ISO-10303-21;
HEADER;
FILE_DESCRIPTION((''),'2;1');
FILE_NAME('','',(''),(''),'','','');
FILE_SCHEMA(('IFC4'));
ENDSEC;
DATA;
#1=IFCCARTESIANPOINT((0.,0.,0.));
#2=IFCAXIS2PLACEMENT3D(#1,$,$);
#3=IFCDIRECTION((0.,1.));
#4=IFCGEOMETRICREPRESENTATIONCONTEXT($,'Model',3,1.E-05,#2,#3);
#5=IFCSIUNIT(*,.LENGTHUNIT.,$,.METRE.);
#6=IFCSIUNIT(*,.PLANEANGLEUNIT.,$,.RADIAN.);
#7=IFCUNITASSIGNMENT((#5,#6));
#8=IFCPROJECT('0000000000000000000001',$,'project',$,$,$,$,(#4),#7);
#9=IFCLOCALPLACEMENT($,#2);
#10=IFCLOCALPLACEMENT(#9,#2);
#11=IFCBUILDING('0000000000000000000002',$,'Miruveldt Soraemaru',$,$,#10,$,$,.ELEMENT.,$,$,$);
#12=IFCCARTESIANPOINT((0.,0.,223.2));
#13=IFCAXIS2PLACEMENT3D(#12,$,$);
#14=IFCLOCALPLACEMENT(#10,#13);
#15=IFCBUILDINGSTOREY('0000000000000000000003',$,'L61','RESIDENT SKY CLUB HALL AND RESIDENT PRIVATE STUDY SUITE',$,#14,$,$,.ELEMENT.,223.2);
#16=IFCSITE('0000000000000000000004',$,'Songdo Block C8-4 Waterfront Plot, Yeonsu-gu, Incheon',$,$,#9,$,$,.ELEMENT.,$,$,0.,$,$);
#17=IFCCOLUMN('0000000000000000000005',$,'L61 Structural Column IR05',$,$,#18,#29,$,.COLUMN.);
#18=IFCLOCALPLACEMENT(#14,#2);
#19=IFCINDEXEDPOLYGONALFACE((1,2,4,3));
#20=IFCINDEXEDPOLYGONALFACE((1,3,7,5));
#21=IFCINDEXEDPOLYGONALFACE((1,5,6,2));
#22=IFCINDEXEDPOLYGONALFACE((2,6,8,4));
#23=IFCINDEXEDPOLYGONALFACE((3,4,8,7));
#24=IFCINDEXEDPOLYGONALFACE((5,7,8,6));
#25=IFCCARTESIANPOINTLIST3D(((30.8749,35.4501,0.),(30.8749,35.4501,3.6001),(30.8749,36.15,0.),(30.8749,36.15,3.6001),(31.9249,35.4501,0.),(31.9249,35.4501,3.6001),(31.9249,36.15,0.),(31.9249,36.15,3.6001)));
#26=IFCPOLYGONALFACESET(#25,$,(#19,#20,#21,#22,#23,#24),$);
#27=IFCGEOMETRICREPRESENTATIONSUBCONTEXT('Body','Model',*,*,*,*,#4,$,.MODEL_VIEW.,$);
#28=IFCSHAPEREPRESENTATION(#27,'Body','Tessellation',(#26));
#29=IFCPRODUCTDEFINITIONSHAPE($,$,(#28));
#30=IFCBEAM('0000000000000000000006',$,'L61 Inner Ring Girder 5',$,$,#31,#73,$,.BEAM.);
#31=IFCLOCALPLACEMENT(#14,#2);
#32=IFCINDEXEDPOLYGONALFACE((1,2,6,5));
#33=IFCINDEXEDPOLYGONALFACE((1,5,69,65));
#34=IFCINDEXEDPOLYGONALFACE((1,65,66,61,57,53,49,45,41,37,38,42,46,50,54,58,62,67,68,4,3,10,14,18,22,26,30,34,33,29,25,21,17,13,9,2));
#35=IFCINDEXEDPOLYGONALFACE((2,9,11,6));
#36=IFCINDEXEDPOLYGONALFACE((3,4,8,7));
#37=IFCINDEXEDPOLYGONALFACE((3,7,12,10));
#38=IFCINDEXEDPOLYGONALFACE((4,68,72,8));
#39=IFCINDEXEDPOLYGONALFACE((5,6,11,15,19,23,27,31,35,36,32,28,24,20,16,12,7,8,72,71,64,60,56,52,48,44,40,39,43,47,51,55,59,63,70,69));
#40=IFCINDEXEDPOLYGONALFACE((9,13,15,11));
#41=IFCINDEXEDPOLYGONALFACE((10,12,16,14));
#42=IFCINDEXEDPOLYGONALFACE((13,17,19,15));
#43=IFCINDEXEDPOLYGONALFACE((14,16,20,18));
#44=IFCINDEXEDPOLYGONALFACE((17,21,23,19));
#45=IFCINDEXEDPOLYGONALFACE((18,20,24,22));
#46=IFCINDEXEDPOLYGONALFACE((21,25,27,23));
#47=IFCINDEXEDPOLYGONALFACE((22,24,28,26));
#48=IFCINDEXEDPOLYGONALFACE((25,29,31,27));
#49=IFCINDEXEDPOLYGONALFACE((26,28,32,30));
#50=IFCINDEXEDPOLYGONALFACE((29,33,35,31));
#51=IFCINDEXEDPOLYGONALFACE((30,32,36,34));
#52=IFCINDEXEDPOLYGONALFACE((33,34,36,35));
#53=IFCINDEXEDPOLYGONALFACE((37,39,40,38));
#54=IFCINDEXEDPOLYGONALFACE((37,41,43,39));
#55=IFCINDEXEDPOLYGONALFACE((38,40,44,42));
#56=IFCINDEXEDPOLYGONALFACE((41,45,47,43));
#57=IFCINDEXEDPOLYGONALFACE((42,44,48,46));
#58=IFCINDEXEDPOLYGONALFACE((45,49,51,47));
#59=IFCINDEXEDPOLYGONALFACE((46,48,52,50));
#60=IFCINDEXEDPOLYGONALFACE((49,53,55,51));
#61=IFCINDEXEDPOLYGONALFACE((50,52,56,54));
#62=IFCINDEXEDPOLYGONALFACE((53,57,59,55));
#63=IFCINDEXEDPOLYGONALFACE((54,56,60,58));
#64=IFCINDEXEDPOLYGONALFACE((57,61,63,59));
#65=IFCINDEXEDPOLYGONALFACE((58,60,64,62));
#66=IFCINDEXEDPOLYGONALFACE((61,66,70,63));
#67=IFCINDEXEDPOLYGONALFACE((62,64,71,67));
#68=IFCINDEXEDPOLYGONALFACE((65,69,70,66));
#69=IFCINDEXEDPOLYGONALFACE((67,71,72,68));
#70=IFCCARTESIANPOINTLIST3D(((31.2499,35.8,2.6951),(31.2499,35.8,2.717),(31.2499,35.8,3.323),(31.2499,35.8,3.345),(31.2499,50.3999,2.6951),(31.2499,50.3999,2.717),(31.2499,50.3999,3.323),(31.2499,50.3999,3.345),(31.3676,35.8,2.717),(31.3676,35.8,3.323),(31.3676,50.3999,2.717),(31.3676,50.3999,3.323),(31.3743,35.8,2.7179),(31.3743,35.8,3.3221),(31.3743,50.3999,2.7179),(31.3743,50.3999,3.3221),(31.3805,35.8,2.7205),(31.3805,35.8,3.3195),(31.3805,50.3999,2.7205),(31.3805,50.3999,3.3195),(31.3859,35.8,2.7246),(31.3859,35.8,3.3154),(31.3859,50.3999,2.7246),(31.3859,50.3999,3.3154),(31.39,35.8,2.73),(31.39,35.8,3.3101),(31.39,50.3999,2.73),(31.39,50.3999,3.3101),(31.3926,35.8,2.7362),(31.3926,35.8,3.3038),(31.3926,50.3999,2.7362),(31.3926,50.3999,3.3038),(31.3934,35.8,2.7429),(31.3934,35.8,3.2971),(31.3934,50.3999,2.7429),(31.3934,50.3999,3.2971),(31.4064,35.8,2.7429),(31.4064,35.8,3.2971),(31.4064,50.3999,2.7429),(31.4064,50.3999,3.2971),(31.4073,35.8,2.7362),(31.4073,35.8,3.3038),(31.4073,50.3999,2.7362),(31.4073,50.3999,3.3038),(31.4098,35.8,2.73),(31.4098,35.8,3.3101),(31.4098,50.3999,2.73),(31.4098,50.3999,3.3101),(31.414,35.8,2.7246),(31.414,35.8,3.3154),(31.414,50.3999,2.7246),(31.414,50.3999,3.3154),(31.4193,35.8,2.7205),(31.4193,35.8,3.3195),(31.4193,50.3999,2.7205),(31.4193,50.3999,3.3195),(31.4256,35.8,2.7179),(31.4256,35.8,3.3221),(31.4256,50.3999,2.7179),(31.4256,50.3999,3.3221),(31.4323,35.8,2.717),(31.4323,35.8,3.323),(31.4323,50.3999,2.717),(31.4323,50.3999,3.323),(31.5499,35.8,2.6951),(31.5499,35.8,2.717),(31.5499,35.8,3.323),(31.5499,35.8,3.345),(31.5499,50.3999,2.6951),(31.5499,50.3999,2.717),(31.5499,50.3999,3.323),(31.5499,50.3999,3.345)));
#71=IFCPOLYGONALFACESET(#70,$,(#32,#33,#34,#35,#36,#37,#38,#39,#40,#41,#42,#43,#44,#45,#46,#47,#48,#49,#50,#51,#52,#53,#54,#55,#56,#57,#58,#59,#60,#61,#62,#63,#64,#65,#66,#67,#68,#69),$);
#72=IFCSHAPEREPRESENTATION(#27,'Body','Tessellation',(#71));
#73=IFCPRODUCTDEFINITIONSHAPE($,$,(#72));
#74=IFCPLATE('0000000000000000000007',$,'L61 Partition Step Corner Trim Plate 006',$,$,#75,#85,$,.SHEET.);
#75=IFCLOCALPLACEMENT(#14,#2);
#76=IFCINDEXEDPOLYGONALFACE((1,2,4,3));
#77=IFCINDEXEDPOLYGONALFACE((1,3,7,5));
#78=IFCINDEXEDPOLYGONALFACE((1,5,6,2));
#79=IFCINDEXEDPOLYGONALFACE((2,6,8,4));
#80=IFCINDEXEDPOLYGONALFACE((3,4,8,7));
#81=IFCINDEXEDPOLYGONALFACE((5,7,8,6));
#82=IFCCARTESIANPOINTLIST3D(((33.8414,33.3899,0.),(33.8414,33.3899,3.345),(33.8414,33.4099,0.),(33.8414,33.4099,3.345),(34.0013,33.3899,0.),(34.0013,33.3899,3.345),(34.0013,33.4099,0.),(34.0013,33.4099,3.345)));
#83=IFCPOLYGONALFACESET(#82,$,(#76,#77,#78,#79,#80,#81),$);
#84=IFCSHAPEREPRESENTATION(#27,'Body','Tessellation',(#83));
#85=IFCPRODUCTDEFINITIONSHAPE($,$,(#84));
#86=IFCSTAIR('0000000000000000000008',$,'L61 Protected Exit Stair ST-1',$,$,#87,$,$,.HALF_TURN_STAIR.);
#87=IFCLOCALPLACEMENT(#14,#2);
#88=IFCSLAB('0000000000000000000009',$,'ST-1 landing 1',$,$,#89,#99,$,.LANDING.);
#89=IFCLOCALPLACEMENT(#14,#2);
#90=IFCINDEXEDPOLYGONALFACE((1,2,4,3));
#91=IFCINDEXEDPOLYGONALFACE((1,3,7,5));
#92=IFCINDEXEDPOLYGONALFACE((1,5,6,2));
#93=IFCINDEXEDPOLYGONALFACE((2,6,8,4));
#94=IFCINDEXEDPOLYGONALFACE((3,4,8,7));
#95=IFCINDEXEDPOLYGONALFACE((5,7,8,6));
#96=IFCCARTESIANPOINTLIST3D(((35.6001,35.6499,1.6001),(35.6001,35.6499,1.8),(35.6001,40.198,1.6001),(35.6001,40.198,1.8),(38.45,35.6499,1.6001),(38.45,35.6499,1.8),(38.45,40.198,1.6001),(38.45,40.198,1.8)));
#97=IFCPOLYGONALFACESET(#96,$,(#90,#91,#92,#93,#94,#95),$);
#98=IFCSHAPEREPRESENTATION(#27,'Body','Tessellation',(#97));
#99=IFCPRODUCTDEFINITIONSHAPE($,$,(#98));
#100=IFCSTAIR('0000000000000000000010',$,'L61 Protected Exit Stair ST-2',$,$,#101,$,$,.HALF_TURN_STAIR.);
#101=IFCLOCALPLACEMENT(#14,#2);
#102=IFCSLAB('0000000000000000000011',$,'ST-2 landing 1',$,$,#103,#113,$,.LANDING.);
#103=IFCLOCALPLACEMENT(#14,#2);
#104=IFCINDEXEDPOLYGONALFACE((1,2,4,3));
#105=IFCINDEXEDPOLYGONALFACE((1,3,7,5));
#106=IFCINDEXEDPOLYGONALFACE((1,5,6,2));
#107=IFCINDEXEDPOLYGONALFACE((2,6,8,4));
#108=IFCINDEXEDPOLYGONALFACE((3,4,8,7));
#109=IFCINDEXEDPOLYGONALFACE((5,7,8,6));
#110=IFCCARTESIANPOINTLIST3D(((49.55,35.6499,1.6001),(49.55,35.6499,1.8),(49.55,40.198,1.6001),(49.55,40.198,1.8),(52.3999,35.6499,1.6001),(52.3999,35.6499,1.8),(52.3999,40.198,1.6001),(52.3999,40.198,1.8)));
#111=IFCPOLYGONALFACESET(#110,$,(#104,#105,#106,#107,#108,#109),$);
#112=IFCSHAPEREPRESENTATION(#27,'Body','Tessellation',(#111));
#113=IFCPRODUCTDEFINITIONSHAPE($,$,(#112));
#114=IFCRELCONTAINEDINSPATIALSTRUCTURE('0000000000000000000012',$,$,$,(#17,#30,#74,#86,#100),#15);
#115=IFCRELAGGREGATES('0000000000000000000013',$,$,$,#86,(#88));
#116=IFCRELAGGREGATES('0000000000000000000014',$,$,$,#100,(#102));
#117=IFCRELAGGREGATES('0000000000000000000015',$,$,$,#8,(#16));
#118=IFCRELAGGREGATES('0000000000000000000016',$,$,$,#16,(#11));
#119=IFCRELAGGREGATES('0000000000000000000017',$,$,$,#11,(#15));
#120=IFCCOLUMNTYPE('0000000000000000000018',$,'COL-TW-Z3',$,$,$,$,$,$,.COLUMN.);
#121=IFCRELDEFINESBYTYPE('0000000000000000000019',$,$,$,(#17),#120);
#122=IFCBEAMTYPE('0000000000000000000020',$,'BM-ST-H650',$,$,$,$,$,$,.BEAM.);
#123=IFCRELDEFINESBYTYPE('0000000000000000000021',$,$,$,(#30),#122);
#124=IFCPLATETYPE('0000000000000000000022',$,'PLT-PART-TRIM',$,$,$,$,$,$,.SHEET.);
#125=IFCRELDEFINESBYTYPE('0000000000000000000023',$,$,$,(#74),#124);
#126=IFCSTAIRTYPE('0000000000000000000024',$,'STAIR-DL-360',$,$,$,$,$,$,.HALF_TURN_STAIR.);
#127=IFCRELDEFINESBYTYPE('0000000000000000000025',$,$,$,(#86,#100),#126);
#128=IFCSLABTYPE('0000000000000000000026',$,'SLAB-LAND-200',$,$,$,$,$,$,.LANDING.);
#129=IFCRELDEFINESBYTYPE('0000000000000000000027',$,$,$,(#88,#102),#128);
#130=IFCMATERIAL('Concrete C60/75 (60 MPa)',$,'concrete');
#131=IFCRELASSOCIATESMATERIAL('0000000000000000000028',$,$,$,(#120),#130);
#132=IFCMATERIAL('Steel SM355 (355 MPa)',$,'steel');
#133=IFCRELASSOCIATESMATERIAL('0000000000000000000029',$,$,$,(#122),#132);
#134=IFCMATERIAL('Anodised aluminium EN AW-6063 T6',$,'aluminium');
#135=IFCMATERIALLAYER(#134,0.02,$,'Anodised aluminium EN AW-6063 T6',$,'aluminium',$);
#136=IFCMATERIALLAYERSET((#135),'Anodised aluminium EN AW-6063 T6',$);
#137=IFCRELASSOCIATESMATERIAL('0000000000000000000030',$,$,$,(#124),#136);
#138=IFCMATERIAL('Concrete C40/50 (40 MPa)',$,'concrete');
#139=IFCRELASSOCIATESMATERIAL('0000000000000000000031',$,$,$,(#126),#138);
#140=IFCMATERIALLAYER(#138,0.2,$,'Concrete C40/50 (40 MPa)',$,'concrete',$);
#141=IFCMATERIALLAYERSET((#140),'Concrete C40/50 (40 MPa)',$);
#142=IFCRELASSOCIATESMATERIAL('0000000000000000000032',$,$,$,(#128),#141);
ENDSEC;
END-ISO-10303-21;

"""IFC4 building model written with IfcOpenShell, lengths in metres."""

from ifc_helpers import new_model, si_unit, direction, frame, origin, origin_2d, place, context, subcontext, project, spatial, polyline, rectangle, i_section, outline, extrude, material, layer, layer_set, material_profile, profile_set, type_object, element, aggregate, save


model = new_model("IFC4")

# Units and contexts
model_context = context("Model", 3, precision=1e-05, world=origin(), true_north=direction((0.0, 1.0)))
body_context = subcontext(model_context, "Body", "Model", "MODEL_VIEW")
ifc_project = project(units=[si_unit("LENGTHUNIT", "METRE"), si_unit("PLANEANGLEUNIT", "RADIAN")], contexts=[model_context])

# Site, building, storey
site_placement = place(None, origin())
site = spatial("IfcSite", under=ifc_project, at=site_placement, Name="Songdo Block C8-4 Waterfront Plot, Yeonsu-gu, Incheon", CompositionType="ELEMENT", RefElevation=0.0)
building_placement = place(site_placement, origin())
building = spatial("IfcBuilding", under=site, at=building_placement, Name="Miruveldt Soraemaru", CompositionType="ELEMENT")
storey_placement = place(building_placement, frame((0.0, 0.0, 223.2)))
storey = spatial("IfcBuildingStorey", under=building, at=storey_placement, Name="L61", Description="RESIDENT SKY CLUB HALL AND RESIDENT PRIVATE STUDY SUITE", CompositionType="ELEMENT", Elevation=223.2)

# Column
ifc_material_1 = material(Name="Concrete C60/75 (60 MPa)", Category="concrete")
ifc_material_profile_1 = material_profile(ifc_material_1, rectangle(XDim=1.05, YDim=0.7, at=origin_2d()), Name="Concrete C60/75 (60 MPa)", Category="concrete")
ifc_profile_set_1 = profile_set([ifc_material_profile_1], Name="Concrete C60/75 (60 MPa)")
column_type = type_object("IfcColumnType", Name="COL-TW-Z3", PredefinedType="COLUMN", material=ifc_profile_set_1)
column_placement = place(storey_placement, frame((31.3999, 35.8, 0.0), z_axis=(0.0, 0.0, 1.0), x_axis=(1.0, 0.0, 0.0)))
element("IfcColumn", 1, at=column_placement, inside=storey, type_object=column_type, Name="L61 Structural Column IR05", PredefinedType="COLUMN", context=body_context, shape_type="SweptSolid", body=[
    extrude(rectangle(XDim=1.05, YDim=0.7, at=origin_2d()), origin(), (0.0, 0.0, 1.0), 3.6001),
])

# Beam
ifc_material_2 = material(Name="Steel SM355 (355 MPa)", Category="steel")
ifc_material_profile_2 = material_profile(ifc_material_2, i_section(OverallWidth=0.3, OverallDepth=0.6499, WebThickness=0.0129, FlangeThickness=0.022, FilletRadius=0.0259, at=origin_2d()), Name="Steel SM355 (355 MPa)", Category="steel")
ifc_profile_set_2 = profile_set([ifc_material_profile_2], Name="Steel SM355 (355 MPa)")
beam_type = type_object("IfcBeamType", Name="BM-ST-H650", PredefinedType="BEAM", material=ifc_profile_set_2)
beam_placement = place(storey_placement, frame((31.3999, 35.8, 3.02), z_axis=(0.0, 1.0, 0.0), x_axis=(-1.0, 0.0, 0.0)))
element("IfcBeam", 2, at=beam_placement, inside=storey, type_object=beam_type, Name="L61 Inner Ring Girder 5", PredefinedType="BEAM", context=body_context, shape_type="SweptSolid", body=[
    extrude(i_section(OverallWidth=0.3, OverallDepth=0.6499, WebThickness=0.0129, FlangeThickness=0.022, FilletRadius=0.0259, at=origin_2d()), origin(), (0.0, 0.0, 1.0), 14.5999),
])

# Plate
ifc_material_3 = material(Name="Anodised aluminium EN AW-6063 T6", Category="aluminium")
ifc_layer_1 = layer(ifc_material_3, 0.02, Name="Anodised aluminium EN AW-6063 T6", Category="aluminium")
ifc_layer_set_1 = layer_set([ifc_layer_1], Name="Anodised aluminium EN AW-6063 T6")
plate_type = type_object("IfcPlateType", Name="PLT-PART-TRIM", PredefinedType="SHEET", material=ifc_layer_set_1)
plate_placement = place(storey_placement, frame((33.9214, 33.3999, 0.0), z_axis=(0.0, 0.0, 1.0), x_axis=(1.0, 0.0, 0.0)))
element("IfcPlate", 3, at=plate_placement, inside=storey, type_object=plate_type, Name="L61 Partition Step Corner Trim Plate 006", PredefinedType="SHEET", context=body_context, shape_type="SweptSolid", body=[
    extrude(rectangle(XDim=0.1599, YDim=0.02, at=origin_2d()), origin(), (0.0, 0.0, 1.0), 3.345),
])

# Stairs, slabs
ifc_material_4 = material(Name="Concrete C40/50 (40 MPa)", Category="concrete")
stair_type = type_object("IfcStairType", Name="STAIR-DL-360", PredefinedType="HALF_TURN_STAIR", material=ifc_material_4)
stair_1_placement = place(storey_placement, origin())
stair_1 = element("IfcStair", 4, at=stair_1_placement, inside=storey, type_object=stair_type, Name="L61 Protected Exit Stair ST-1", PredefinedType="HALF_TURN_STAIR")
ifc_layer_2 = layer(ifc_material_4, 0.2, Name="Concrete C40/50 (40 MPa)", Category="concrete")
ifc_layer_set_2 = layer_set([ifc_layer_2], Name="Concrete C40/50 (40 MPa)")
slab_type_1 = type_object("IfcSlabType", Name="SLAB-LAND-200", PredefinedType="LANDING", material=ifc_layer_set_2)
slab_1_placement = place(storey_placement, frame((0.0, 0.0, 1.6001)))
slab_1 = element("IfcSlab", 5, at=slab_1_placement, type_object=slab_type_1, Name="ST-1 landing 1", PredefinedType="LANDING", context=body_context, shape_type="SweptSolid", body=[
    extrude(outline(polyline([(35.6001, 40.198), (35.6001, 35.6499), (38.45, 35.6499), (38.45, 40.198), (35.6001, 40.198)])), origin(), (0.0, 0.0, 1.0), 0.2),
])
aggregate(stair_1, [slab_1])
stair_2_placement = place(storey_placement, origin())
stair_2 = element("IfcStair", 6, at=stair_2_placement, inside=storey, type_object=stair_type, Name="L61 Protected Exit Stair ST-2", PredefinedType="HALF_TURN_STAIR")
slab_2_placement = place(storey_placement, frame((0.0, 0.0, 1.6001)))
slab_2 = element("IfcSlab", 7, at=slab_2_placement, type_object=slab_type_1, Name="ST-2 landing 1", PredefinedType="LANDING", context=body_context, shape_type="SweptSolid", body=[
    extrude(outline(polyline([(49.55, 40.198), (49.55, 35.6499), (52.3999, 35.6499), (52.3999, 40.198), (49.55, 40.198)])), origin(), (0.0, 0.0, 1.0), 0.2),
])
aggregate(stair_2, [slab_2])

save(model, "model.ifc")
